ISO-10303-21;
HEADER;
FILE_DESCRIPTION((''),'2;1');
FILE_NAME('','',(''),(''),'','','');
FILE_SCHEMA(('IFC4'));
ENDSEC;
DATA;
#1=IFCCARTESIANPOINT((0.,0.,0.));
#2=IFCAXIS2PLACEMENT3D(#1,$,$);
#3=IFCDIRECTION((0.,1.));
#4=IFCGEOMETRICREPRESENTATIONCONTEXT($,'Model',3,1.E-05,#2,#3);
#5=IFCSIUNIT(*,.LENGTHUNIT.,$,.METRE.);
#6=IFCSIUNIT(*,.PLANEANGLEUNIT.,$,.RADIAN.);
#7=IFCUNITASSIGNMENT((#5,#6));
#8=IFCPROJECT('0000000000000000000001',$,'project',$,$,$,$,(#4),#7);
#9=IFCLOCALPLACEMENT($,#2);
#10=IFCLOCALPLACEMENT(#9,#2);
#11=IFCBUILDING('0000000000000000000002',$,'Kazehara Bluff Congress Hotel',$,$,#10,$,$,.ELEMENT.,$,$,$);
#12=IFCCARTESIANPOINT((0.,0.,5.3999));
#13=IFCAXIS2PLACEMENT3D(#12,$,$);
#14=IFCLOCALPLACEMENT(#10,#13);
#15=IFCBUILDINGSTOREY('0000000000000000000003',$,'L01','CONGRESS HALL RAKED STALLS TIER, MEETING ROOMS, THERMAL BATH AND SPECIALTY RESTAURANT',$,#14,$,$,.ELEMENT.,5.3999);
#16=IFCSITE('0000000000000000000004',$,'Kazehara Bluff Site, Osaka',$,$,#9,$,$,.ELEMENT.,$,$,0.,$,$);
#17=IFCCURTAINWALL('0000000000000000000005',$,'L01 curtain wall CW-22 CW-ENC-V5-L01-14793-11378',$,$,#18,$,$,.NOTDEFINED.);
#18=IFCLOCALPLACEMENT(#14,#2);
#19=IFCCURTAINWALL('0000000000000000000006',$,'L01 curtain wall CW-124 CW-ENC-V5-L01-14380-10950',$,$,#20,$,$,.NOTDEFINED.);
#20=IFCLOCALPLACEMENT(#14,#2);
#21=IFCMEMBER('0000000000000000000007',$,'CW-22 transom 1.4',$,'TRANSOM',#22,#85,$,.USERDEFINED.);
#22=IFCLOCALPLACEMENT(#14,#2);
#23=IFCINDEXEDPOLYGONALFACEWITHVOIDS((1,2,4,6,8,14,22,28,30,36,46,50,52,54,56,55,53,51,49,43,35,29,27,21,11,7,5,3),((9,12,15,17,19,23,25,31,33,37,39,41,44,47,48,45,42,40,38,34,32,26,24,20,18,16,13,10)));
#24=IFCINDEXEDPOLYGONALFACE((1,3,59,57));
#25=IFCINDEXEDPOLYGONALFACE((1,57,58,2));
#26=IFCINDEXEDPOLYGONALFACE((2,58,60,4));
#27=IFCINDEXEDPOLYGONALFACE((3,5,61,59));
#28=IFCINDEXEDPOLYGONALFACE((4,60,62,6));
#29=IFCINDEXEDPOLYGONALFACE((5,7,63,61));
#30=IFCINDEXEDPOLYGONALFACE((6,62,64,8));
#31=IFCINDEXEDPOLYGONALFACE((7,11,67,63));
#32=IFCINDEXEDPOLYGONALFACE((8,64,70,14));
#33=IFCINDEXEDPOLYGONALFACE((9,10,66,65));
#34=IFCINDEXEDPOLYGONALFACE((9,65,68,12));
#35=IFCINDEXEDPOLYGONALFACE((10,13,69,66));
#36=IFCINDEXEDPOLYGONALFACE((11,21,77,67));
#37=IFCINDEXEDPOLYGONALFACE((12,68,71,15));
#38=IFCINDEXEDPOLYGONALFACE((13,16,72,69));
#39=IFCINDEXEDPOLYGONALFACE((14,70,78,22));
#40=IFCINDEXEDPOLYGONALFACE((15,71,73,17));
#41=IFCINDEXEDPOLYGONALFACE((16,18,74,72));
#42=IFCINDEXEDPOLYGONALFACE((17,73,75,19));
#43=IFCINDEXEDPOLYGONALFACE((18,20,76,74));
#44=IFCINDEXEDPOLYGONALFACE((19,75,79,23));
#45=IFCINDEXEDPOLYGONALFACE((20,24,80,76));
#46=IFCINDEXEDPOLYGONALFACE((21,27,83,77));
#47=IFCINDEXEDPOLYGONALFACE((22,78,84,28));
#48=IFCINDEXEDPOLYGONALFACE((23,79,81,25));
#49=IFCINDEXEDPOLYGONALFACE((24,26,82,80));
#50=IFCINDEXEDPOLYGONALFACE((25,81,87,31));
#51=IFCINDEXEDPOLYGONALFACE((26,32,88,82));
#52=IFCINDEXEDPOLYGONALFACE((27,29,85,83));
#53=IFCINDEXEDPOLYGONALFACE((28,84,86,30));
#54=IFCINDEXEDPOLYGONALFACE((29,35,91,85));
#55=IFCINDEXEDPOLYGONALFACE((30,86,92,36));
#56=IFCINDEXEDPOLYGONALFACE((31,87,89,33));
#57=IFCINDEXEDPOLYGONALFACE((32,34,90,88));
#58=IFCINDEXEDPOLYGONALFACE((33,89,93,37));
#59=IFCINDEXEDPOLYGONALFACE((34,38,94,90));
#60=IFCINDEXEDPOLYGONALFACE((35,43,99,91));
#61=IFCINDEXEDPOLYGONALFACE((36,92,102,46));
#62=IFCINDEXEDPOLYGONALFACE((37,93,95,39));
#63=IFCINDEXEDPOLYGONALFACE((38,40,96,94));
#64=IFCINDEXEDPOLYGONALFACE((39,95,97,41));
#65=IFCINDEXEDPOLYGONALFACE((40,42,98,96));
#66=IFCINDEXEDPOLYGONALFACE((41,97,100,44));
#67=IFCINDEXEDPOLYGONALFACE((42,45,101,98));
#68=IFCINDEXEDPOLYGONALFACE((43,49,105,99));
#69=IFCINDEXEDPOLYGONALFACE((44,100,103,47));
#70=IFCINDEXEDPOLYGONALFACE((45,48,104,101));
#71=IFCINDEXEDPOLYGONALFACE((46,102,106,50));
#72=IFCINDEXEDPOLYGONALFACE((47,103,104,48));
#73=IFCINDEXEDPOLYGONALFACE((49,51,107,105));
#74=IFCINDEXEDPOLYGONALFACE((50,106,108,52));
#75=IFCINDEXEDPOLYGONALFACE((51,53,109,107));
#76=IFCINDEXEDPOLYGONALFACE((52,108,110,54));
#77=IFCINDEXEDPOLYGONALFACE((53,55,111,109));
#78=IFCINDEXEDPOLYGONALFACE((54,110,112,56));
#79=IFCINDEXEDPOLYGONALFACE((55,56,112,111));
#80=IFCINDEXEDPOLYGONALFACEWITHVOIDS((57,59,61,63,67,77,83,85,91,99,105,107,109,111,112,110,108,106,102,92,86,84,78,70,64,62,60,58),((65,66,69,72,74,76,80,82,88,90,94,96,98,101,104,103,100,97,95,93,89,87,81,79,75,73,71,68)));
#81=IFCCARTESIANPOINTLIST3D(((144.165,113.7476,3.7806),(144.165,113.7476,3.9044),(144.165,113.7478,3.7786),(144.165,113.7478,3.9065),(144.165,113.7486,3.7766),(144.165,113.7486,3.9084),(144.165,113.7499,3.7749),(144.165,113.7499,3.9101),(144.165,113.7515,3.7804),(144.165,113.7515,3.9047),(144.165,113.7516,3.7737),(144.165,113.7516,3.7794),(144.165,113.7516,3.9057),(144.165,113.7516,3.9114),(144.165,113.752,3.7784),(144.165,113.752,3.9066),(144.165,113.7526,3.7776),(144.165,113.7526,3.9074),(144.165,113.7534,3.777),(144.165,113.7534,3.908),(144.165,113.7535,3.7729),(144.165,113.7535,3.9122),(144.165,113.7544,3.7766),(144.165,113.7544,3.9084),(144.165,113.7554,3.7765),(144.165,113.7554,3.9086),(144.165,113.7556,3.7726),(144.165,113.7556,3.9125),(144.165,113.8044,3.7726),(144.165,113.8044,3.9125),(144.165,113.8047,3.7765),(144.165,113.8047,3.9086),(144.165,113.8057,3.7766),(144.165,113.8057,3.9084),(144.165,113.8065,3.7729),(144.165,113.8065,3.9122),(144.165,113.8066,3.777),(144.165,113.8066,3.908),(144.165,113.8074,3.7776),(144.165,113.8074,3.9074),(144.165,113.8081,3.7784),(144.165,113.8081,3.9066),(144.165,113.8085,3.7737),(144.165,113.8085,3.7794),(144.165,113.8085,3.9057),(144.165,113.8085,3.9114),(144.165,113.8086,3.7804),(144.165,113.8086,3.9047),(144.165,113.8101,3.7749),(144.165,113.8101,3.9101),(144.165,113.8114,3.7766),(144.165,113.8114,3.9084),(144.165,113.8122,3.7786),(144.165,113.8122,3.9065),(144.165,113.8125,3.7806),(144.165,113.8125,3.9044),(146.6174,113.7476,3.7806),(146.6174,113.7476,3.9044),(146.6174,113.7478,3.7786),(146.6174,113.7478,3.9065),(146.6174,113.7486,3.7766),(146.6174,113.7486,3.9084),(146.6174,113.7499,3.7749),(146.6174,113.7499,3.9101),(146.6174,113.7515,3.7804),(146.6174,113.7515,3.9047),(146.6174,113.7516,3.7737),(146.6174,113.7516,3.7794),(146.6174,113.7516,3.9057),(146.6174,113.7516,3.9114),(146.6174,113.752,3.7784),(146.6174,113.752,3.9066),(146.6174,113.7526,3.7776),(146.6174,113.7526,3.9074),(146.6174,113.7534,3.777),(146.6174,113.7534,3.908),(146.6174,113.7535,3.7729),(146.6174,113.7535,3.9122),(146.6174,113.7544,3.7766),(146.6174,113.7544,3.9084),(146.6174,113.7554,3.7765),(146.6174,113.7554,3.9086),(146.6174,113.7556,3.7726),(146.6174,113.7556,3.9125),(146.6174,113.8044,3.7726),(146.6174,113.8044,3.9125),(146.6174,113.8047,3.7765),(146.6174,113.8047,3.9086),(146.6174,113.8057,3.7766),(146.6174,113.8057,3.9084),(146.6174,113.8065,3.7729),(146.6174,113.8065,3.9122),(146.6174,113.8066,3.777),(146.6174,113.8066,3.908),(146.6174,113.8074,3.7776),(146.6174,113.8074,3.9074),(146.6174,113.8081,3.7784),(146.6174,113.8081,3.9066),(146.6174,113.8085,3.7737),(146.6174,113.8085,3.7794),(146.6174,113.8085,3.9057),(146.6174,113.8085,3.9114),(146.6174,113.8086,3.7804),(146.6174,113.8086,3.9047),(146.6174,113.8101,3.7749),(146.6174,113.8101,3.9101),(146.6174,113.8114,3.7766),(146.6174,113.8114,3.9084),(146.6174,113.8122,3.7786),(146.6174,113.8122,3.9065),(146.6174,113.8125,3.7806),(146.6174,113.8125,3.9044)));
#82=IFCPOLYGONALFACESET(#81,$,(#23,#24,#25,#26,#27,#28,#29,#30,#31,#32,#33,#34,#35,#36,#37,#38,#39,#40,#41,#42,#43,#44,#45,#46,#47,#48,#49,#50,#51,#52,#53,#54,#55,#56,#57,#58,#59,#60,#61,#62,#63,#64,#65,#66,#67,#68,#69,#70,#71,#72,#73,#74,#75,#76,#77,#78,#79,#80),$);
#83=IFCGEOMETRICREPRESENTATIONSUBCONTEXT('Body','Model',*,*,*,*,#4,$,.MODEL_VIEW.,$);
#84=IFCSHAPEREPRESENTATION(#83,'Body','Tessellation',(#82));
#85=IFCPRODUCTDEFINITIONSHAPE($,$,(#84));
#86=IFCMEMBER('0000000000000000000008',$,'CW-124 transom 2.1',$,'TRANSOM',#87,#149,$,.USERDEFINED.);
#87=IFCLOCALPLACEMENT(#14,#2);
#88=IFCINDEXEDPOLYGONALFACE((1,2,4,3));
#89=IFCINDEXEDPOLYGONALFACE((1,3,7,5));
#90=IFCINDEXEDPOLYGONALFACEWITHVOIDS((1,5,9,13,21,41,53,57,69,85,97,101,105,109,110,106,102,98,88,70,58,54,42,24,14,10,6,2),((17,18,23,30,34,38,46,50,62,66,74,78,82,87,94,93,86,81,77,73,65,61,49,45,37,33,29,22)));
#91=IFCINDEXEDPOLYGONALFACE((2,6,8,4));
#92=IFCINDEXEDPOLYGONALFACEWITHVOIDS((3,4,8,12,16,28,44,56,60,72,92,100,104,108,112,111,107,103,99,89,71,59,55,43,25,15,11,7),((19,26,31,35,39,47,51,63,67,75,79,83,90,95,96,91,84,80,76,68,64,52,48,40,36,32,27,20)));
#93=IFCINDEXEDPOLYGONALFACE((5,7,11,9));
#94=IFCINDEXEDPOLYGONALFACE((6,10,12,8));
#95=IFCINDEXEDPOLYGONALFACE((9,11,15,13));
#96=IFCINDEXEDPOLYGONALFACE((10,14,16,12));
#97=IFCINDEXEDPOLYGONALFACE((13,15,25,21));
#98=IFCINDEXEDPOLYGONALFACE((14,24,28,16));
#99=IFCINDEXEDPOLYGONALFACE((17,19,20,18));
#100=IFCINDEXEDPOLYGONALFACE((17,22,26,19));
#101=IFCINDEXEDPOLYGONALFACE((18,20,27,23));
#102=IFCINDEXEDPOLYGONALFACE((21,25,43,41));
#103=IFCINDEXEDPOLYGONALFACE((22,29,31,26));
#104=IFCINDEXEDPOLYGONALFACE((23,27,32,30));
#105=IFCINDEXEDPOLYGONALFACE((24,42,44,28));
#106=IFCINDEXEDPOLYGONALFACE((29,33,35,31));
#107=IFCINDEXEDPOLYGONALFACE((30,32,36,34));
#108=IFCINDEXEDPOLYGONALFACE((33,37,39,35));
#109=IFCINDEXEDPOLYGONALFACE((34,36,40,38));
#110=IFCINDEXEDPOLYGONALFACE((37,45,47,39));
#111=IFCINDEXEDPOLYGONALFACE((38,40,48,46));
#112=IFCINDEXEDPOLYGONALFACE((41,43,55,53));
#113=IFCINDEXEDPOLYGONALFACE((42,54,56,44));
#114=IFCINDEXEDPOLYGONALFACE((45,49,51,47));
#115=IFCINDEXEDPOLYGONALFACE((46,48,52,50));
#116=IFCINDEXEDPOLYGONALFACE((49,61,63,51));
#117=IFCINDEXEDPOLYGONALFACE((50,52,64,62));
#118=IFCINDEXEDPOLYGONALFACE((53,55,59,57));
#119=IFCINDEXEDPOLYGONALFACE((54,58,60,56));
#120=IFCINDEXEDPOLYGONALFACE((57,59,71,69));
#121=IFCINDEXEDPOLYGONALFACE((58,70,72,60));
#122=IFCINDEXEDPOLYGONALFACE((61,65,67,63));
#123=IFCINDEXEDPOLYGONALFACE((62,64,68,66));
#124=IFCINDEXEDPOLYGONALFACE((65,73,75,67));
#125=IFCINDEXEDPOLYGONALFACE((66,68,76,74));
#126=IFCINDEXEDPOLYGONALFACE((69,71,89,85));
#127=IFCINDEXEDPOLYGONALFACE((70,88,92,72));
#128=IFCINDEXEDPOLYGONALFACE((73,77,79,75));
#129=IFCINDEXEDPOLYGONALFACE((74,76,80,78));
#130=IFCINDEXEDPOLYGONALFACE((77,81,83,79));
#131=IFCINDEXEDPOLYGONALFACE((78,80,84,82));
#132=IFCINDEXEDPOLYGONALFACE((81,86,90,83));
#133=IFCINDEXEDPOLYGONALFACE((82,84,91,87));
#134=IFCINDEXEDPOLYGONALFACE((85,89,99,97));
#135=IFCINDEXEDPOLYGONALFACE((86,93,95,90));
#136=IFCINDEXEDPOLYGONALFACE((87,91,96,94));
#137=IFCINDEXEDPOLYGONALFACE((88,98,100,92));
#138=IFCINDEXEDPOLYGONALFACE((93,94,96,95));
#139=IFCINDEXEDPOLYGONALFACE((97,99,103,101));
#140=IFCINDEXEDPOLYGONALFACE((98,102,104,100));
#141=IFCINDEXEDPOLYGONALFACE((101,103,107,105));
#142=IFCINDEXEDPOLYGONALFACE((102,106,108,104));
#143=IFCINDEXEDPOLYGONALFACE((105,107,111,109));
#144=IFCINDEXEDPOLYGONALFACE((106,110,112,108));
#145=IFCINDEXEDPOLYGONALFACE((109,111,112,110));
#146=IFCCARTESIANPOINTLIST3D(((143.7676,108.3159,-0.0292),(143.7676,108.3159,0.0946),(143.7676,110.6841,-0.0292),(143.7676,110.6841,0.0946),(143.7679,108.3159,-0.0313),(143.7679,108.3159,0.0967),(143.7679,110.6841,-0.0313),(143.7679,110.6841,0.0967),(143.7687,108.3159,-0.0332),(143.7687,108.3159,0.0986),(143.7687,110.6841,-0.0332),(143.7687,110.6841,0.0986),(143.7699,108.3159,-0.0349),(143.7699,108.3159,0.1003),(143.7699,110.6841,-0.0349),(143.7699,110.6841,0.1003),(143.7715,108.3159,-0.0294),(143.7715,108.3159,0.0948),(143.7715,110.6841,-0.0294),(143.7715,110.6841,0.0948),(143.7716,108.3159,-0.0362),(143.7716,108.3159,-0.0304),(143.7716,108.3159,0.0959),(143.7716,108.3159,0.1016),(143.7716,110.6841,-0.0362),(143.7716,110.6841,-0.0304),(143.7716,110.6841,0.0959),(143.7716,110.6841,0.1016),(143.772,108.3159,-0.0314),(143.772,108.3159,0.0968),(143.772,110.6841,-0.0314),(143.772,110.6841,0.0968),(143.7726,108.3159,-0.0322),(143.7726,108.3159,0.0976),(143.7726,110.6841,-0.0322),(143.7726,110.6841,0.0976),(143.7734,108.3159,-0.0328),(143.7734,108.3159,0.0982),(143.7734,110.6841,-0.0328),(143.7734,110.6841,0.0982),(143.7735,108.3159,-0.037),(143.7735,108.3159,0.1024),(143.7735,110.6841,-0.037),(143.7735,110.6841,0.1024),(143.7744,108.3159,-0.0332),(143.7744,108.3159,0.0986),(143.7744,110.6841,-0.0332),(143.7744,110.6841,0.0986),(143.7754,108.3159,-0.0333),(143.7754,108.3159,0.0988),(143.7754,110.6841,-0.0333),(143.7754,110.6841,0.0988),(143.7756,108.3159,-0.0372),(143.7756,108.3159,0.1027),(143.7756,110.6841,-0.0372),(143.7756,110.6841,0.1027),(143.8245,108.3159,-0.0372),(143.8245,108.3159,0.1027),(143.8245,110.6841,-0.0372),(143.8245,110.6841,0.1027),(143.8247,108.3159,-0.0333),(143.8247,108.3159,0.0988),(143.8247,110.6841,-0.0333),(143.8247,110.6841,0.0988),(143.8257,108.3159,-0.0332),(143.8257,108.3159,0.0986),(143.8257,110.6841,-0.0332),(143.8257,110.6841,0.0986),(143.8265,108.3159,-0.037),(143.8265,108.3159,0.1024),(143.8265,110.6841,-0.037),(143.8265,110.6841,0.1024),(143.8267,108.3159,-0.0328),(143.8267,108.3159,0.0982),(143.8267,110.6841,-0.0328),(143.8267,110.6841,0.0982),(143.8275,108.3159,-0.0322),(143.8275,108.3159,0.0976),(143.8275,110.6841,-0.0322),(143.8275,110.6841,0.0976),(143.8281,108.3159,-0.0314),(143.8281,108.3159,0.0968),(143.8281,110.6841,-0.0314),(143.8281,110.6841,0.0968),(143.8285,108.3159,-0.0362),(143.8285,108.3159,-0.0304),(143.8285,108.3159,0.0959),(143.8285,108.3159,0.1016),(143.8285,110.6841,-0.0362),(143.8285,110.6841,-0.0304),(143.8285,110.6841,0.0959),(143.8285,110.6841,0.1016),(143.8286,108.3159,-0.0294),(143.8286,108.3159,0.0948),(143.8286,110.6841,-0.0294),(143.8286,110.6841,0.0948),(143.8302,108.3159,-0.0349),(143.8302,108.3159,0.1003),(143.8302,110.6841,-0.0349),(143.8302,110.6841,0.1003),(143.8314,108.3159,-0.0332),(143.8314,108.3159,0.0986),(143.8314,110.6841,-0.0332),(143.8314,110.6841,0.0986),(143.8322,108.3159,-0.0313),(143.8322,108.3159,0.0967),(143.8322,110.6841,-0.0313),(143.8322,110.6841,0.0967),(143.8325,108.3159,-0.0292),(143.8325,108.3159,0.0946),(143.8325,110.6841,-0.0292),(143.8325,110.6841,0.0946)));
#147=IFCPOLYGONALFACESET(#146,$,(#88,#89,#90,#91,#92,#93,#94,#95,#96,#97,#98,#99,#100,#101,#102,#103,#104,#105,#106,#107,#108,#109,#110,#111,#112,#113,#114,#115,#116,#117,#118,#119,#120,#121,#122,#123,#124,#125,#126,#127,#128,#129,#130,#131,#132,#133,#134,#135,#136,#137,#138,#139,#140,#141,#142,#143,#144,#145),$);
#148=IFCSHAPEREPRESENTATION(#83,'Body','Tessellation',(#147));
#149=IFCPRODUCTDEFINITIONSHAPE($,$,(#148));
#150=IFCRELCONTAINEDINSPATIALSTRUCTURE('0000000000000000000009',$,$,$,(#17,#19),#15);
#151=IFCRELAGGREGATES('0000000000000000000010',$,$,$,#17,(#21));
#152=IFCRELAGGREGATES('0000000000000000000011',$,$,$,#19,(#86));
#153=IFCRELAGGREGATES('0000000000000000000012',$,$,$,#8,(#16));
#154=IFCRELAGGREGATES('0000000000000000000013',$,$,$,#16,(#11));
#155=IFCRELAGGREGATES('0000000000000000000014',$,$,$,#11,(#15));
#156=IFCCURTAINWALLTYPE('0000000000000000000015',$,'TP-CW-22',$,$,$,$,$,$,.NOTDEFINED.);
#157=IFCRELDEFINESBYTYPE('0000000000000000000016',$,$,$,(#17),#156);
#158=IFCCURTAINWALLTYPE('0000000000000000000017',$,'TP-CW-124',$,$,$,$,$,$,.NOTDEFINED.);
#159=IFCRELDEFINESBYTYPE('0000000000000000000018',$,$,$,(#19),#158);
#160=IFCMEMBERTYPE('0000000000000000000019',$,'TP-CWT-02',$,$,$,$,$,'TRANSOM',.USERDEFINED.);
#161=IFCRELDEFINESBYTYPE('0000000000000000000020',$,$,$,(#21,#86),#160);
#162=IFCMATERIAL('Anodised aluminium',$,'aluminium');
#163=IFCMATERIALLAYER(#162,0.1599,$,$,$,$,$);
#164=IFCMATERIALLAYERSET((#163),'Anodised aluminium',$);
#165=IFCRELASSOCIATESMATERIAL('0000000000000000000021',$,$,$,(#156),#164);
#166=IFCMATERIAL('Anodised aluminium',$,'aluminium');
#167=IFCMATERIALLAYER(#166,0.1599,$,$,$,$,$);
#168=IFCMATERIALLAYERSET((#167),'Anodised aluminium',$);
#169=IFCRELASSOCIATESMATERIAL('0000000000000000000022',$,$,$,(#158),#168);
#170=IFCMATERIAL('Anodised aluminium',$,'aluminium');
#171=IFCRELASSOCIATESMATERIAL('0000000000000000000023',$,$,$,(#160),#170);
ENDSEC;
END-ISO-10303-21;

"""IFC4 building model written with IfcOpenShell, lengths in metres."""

from ifc_helpers import new_model, si_unit, direction, frame, origin, origin_2d, place, context, subcontext, project, spatial, hollow_rectangle, extrude, material, layer, layer_set, material_profile, profile_set, type_object, element, aggregate, save


model = new_model("IFC4")

# Units and contexts
model_context = context("Model", 3, precision=1e-05, world=origin(), true_north=direction((0.0, 1.0)))
body_context = subcontext(model_context, "Body", "Model", "MODEL_VIEW")
ifc_project = project(units=[si_unit("LENGTHUNIT", "METRE"), si_unit("PLANEANGLEUNIT", "RADIAN")], contexts=[model_context])

# Site, building, storey
site_placement = place(None, origin())
site = spatial("IfcSite", under=ifc_project, at=site_placement, Name="Kazehara Bluff Site, Osaka", CompositionType="ELEMENT", RefElevation=0.0)
building_placement = place(site_placement, origin())
building = spatial("IfcBuilding", under=site, at=building_placement, Name="Kazehara Bluff Congress Hotel", CompositionType="ELEMENT")
storey_placement = place(building_placement, frame((0.0, 0.0, 5.3999)))
storey = spatial("IfcBuildingStorey", under=building, at=storey_placement, Name="L01", Description="CONGRESS HALL RAKED STALLS TIER, MEETING ROOMS, THERMAL BATH AND SPECIALTY RESTAURANT", CompositionType="ELEMENT", Elevation=5.3999)

# Curtain walls
ifc_material_1 = material(Name="Anodised aluminium", Category="aluminium")
ifc_layer_1 = layer(ifc_material_1, 0.1599)
ifc_layer_set_1 = layer_set([ifc_layer_1], Name="Anodised aluminium")
curtain_wall_type_1 = type_object("IfcCurtainWallType", Name="TP-CW-22", PredefinedType="NOTDEFINED", material=ifc_layer_set_1)
curtain_wall_1_placement = place(storey_placement, origin())
curtain_wall_1 = element("IfcCurtainWall", 1, at=curtain_wall_1_placement, inside=storey, type_object=curtain_wall_type_1, Name="L01 curtain wall CW-22 CW-ENC-V5-L01-14793-11378", PredefinedType="NOTDEFINED")
ifc_material_2 = material(Name="Anodised aluminium", Category="aluminium")
ifc_layer_2 = layer(ifc_material_2, 0.1599)
ifc_layer_set_2 = layer_set([ifc_layer_2], Name="Anodised aluminium")
curtain_wall_type_2 = type_object("IfcCurtainWallType", Name="TP-CW-124", PredefinedType="NOTDEFINED", material=ifc_layer_set_2)
curtain_wall_2_placement = place(storey_placement, origin())
curtain_wall_2 = element("IfcCurtainWall", 2, at=curtain_wall_2_placement, inside=storey, type_object=curtain_wall_type_2, Name="L01 curtain wall CW-124 CW-ENC-V5-L01-14380-10950", PredefinedType="NOTDEFINED")

# Members
ifc_material_3 = material(Name="Anodised aluminium", Category="aluminium")
ifc_material_profile_1 = material_profile(ifc_material_3, hollow_rectangle(XDim=0.0649, YDim=0.1399, WallThickness=0.0039, InnerFilletRadius=0.0039, OuterFilletRadius=0.0081, at=origin_2d()))
ifc_profile_set_1 = profile_set([ifc_material_profile_1], Name="Anodised aluminium")
member_type_1 = type_object("IfcMemberType", Name="TP-CWT-02", ElementType="TRANSOM", PredefinedType="USERDEFINED", material=ifc_profile_set_1)
member_1_placement = place(storey_placement, frame((144.165, 113.78, 3.8425), z_axis=(1.0, 0.0, 0.0), x_axis=(0.0, 1.0, 0.0)))
member_1 = element("IfcMember", 3, at=member_1_placement, type_object=member_type_1, Name="CW-22 transom 1.4", ObjectType="TRANSOM", PredefinedType="USERDEFINED", context=body_context, shape_type="SweptSolid", body=[
    extrude(hollow_rectangle(XDim=0.0649, YDim=0.1399, WallThickness=0.0039, InnerFilletRadius=0.0039, OuterFilletRadius=0.0081, at=origin_2d()), origin(), (0.0, 0.0, 1.0), 2.4524),
])
member_2_placement = place(storey_placement, frame((143.8, 108.3159, 0.0327), z_axis=(0.0, 1.0, 0.0), x_axis=(-1.0, 0.0, 0.0)))
member_2 = element("IfcMember", 4, at=member_2_placement, type_object=member_type_1, Name="CW-124 transom 2.1", ObjectType="TRANSOM", PredefinedType="USERDEFINED", context=body_context, shape_type="SweptSolid", body=[
    extrude(hollow_rectangle(XDim=0.0649, YDim=0.1399, WallThickness=0.0039, InnerFilletRadius=0.0039, OuterFilletRadius=0.0081, at=origin_2d()), origin(), (0.0, 0.0, 1.0), 2.3682),
])

aggregate(curtain_wall_1, [member_1])
aggregate(curtain_wall_2, [member_2])

save(model, "model.ifc")
